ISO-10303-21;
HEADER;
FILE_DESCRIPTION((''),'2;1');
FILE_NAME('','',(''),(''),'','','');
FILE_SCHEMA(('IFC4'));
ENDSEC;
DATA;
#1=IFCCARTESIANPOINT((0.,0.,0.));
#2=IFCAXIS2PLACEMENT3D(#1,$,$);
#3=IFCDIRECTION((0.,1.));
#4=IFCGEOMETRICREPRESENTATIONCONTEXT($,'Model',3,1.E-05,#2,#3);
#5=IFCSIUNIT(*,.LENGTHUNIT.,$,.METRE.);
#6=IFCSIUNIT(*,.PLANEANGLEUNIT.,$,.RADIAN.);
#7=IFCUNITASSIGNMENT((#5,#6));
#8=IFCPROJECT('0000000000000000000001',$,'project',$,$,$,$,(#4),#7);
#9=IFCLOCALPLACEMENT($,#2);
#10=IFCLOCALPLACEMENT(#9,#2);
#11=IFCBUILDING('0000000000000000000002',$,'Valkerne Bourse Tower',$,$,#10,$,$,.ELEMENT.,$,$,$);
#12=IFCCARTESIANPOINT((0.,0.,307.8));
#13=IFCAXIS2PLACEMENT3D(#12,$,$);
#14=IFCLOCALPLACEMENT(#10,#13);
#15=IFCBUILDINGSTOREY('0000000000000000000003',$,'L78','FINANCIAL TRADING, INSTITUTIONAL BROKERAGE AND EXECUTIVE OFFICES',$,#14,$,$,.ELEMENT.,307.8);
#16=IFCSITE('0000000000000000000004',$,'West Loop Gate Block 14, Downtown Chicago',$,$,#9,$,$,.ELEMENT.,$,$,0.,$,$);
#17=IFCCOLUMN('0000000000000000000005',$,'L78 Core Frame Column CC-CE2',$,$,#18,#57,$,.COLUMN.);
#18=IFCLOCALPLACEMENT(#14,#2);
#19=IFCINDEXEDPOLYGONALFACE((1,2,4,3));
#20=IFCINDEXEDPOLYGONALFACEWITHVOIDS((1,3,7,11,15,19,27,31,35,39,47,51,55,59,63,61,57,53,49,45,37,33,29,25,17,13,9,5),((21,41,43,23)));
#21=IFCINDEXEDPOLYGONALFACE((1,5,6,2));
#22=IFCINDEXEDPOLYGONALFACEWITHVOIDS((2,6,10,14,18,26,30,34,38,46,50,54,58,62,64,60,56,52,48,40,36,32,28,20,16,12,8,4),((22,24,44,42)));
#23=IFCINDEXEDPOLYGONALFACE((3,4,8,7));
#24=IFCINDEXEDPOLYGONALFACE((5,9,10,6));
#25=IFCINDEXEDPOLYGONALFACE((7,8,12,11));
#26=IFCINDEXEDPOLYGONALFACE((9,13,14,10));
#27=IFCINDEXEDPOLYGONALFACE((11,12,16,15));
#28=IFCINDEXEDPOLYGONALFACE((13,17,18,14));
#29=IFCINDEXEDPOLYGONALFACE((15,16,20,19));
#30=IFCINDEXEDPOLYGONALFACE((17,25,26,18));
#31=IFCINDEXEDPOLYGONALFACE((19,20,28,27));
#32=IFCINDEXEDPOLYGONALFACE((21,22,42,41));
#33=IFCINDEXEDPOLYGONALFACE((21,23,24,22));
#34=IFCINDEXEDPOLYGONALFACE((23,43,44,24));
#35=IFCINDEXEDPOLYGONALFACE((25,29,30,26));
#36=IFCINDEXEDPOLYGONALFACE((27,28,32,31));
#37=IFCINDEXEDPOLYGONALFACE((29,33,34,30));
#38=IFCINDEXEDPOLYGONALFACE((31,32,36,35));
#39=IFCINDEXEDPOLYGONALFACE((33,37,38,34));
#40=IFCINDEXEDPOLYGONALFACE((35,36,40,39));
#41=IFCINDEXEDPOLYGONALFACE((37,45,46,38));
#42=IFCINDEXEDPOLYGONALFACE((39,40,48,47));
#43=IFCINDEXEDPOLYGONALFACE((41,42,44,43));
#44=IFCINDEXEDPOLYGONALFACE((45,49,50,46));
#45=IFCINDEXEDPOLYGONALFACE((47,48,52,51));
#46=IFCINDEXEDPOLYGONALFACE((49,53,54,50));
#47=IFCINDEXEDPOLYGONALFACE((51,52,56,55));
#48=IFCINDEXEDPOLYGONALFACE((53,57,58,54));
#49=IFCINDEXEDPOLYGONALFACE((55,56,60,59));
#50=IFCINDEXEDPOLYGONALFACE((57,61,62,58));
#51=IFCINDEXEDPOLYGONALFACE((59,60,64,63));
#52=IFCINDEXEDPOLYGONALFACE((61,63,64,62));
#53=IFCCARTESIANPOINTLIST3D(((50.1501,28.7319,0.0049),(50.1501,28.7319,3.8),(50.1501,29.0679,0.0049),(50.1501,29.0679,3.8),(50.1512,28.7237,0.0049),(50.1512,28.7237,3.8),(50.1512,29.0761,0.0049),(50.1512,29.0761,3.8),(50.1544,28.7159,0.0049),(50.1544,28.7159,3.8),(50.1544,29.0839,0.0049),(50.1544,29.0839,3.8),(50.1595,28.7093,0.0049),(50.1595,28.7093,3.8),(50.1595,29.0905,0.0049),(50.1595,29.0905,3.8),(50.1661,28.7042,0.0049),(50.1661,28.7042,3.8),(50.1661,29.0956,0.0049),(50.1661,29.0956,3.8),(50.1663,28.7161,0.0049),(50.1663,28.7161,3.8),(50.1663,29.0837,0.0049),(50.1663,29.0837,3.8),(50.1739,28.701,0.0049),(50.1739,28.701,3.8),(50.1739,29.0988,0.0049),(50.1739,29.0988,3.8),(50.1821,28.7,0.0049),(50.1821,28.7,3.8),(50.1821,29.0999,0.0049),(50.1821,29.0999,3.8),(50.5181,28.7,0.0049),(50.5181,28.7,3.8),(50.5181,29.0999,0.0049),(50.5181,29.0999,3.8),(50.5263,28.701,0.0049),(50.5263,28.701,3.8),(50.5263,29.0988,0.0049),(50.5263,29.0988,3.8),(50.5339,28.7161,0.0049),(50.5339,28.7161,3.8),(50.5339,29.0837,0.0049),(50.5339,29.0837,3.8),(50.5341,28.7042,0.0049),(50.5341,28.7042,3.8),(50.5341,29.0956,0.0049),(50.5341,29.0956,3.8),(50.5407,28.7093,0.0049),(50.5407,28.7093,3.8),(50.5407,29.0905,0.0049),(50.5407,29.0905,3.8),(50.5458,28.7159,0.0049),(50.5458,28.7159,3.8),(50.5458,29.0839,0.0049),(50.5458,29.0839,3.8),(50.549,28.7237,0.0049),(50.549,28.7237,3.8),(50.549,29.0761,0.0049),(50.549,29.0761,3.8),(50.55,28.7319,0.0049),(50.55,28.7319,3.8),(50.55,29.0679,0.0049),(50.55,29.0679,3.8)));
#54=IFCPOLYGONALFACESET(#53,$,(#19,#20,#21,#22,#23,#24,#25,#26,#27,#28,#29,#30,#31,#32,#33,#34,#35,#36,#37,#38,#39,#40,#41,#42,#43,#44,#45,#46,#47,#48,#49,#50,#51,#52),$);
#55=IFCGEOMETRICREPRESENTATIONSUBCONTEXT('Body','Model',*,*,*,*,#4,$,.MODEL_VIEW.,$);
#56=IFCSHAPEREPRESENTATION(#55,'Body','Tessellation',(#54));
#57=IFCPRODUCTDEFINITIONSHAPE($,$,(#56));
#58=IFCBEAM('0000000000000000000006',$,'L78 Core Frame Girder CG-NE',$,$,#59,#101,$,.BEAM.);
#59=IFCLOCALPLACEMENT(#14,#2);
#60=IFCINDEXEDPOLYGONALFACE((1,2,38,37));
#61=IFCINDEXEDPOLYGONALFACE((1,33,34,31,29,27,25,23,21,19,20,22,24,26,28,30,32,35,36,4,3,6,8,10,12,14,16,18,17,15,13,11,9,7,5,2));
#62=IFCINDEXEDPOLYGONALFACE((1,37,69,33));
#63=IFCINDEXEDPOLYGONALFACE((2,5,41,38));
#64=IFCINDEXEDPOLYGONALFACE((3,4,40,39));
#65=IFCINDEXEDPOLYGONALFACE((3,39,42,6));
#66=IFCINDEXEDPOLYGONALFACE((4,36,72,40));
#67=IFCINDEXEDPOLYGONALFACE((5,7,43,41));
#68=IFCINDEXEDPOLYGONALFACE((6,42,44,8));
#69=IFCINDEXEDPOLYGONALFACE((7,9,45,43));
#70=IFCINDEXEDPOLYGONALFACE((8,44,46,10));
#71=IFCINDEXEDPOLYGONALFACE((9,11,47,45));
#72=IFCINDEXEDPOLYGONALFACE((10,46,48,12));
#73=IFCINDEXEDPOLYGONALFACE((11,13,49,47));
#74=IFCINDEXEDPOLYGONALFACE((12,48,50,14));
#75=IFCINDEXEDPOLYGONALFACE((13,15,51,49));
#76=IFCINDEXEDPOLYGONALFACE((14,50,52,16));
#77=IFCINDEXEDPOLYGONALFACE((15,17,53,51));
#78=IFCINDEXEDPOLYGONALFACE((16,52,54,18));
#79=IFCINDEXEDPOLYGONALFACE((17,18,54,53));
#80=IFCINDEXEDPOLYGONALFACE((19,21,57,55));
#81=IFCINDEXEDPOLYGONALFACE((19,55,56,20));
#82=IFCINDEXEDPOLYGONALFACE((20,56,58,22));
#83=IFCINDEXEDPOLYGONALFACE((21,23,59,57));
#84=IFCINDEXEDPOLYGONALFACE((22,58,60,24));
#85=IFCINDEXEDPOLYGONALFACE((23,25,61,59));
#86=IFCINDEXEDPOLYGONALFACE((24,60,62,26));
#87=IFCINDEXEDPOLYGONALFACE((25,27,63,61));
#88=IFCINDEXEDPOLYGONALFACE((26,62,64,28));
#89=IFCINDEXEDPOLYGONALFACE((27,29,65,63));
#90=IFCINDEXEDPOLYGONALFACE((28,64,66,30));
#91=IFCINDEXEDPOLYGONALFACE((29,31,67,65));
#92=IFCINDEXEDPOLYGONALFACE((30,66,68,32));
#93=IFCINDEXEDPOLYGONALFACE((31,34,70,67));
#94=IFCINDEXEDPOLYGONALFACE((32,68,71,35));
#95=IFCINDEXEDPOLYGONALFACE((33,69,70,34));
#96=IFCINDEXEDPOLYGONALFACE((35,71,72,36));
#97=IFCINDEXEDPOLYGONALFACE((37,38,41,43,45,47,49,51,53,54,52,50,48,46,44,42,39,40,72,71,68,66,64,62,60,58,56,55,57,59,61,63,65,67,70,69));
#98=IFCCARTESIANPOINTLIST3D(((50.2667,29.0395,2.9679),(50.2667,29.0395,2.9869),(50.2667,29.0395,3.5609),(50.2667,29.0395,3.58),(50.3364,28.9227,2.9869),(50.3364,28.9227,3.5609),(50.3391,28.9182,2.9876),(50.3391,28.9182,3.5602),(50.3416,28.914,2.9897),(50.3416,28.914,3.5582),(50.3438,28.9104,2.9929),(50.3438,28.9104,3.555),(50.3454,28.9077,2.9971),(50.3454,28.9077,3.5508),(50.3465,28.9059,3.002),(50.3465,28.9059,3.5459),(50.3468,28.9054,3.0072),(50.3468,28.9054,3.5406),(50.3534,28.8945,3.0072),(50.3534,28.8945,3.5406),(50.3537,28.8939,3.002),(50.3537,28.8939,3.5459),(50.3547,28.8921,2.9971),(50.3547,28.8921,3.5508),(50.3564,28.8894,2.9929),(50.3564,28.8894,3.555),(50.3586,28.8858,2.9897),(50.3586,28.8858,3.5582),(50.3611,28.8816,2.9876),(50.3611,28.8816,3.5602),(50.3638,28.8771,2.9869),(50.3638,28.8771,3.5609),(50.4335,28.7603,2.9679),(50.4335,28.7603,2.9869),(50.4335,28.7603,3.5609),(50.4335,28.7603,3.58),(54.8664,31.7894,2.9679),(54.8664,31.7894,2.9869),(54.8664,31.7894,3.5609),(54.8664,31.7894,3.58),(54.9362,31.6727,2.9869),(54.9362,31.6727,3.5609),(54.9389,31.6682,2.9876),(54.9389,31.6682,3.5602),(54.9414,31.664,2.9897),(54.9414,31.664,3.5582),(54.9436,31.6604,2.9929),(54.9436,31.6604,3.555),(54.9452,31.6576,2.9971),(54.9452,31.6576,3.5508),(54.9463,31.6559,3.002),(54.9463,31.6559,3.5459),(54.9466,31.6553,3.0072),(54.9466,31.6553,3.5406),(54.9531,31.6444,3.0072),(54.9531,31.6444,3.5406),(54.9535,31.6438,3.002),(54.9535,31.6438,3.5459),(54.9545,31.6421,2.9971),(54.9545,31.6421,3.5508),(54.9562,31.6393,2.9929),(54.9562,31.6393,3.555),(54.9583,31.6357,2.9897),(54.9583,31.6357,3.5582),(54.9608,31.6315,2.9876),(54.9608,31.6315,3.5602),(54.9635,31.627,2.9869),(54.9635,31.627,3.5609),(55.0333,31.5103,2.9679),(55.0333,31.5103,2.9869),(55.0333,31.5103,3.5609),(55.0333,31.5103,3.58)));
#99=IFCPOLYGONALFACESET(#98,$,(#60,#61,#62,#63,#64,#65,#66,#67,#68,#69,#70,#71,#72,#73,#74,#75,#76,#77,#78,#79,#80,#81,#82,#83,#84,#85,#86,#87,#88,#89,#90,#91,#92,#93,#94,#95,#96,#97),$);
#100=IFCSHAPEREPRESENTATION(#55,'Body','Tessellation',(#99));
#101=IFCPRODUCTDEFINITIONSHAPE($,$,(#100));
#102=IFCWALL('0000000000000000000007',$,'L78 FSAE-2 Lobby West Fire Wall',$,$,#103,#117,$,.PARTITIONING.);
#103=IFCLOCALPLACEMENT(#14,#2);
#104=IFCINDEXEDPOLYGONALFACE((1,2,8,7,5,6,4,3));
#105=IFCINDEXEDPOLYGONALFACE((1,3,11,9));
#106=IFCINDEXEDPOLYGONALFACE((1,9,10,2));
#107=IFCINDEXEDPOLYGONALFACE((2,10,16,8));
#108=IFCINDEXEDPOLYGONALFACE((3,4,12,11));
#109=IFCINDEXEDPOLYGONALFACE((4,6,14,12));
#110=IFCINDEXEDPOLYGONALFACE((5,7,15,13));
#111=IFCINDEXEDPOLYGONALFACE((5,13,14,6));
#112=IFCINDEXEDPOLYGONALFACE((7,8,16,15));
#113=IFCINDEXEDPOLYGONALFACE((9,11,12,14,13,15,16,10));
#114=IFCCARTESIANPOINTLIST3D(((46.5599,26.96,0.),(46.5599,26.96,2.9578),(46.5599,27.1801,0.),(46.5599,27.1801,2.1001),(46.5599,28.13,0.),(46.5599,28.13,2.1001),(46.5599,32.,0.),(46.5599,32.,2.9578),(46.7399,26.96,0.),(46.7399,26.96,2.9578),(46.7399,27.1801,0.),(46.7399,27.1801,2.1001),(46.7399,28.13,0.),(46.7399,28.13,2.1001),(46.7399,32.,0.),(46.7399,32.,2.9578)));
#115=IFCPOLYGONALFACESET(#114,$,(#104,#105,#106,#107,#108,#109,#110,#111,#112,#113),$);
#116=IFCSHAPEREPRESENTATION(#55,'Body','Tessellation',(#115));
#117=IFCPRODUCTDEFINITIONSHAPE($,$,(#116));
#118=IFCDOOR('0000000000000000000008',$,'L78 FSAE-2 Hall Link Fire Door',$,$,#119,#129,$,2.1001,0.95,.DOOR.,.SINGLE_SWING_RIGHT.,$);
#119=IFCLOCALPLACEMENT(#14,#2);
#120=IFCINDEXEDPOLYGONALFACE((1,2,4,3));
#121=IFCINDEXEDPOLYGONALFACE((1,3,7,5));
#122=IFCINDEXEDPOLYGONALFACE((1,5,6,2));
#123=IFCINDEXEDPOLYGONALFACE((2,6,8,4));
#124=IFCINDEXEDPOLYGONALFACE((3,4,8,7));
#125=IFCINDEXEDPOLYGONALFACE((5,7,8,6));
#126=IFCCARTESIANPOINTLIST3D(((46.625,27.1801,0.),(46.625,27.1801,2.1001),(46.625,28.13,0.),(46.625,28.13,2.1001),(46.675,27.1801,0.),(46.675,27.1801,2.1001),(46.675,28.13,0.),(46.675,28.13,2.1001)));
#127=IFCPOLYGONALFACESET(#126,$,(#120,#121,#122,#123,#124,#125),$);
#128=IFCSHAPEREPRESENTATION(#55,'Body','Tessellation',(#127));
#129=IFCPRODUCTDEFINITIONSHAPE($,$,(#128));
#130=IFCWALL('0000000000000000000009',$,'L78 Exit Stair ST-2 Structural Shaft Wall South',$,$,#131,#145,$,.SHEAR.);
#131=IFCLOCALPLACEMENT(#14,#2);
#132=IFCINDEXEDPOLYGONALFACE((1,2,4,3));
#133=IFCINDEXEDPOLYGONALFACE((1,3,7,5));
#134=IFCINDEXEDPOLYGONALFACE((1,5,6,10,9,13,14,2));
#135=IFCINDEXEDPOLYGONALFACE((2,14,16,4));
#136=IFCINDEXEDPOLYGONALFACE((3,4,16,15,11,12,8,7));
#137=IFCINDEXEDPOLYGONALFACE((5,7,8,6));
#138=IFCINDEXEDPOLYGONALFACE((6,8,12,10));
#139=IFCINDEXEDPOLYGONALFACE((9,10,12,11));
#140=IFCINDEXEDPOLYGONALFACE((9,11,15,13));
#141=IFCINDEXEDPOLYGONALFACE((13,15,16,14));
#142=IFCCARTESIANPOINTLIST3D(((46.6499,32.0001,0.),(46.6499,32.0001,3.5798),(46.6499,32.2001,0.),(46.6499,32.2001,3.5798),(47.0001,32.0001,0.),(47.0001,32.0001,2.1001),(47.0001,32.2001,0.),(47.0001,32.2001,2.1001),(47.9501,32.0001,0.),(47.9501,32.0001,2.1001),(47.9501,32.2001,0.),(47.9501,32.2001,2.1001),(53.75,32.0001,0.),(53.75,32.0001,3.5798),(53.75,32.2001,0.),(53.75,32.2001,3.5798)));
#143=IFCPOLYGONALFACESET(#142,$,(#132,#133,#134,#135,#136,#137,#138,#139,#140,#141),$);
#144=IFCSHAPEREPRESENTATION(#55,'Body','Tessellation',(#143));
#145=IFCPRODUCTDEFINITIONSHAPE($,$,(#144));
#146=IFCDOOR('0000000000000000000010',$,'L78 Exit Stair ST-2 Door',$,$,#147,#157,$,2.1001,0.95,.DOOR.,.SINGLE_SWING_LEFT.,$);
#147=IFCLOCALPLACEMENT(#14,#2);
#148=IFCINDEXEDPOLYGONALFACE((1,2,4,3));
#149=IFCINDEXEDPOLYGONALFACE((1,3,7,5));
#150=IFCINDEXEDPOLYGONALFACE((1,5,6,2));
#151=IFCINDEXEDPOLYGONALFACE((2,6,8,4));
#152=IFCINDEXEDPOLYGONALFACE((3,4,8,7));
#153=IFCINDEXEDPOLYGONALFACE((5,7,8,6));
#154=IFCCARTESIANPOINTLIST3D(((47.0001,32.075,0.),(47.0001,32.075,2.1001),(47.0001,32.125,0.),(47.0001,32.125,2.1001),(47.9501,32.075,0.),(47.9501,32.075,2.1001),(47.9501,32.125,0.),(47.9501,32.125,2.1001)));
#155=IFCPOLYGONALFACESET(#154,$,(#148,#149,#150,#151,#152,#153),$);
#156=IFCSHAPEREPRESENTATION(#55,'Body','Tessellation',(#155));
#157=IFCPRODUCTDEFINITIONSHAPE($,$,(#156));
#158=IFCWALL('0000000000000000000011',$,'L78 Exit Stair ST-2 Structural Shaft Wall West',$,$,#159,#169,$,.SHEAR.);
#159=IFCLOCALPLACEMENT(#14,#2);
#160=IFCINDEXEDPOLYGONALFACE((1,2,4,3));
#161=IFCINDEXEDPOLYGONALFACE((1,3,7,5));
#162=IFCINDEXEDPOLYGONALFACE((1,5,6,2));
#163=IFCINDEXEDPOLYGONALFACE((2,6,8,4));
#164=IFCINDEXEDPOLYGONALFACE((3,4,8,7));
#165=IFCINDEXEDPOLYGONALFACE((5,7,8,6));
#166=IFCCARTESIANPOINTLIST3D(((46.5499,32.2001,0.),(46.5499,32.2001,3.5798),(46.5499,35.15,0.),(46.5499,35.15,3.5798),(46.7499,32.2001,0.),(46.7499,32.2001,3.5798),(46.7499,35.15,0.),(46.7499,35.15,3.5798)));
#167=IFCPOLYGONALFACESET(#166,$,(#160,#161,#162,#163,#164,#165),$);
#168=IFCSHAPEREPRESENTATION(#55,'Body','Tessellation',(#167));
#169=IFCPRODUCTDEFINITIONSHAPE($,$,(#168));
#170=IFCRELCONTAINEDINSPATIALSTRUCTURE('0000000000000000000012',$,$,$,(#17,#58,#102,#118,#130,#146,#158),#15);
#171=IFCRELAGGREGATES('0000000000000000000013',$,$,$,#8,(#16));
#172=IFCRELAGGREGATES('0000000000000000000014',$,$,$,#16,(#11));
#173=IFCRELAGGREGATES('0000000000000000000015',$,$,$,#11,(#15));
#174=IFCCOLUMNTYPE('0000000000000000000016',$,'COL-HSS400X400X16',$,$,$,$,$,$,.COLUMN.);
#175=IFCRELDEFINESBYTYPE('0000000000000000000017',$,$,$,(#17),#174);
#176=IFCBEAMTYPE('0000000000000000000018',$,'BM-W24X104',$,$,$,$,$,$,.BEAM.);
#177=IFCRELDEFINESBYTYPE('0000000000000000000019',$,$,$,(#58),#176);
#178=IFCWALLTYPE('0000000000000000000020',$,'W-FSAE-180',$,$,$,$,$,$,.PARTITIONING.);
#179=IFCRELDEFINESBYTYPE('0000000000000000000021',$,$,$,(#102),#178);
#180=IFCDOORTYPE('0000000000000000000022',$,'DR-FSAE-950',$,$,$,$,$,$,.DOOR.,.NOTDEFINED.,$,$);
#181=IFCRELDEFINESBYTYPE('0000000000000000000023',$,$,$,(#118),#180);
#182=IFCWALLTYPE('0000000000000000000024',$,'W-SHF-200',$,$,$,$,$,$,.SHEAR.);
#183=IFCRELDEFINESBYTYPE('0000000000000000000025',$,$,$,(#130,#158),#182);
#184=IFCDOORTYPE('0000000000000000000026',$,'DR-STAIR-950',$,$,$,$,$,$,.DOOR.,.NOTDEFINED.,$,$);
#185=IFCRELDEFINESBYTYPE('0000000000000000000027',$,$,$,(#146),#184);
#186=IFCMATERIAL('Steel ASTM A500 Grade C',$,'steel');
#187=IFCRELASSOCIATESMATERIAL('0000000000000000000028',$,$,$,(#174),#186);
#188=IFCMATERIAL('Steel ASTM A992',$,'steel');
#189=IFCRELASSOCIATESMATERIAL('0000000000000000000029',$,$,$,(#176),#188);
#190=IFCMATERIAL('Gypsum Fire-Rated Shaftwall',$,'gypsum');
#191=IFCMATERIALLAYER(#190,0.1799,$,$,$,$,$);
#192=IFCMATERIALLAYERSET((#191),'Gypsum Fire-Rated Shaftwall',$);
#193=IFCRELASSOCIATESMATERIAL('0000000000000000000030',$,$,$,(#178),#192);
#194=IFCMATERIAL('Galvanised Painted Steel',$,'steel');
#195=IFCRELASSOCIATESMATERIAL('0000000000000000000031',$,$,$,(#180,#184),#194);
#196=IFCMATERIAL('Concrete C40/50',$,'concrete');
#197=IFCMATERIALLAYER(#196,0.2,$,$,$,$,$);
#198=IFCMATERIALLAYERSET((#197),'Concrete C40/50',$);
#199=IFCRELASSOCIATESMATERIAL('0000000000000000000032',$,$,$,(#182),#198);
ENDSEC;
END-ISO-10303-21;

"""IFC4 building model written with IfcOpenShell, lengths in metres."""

from ifc_helpers import new_model, si_unit, direction, frame, frame_2d, origin, origin_2d, place, context, subcontext, project, spatial, rectangle, hollow_rectangle, i_section, extrude, material, layer, layer_set, material_profile, profile_set, type_object, element, fill, save


model = new_model("IFC4")

# Units and contexts
model_context = context("Model", 3, precision=1e-05, world=origin(), true_north=direction((0.0, 1.0)))
body_context = subcontext(model_context, "Body", "Model", "MODEL_VIEW")
ifc_project = project(units=[si_unit("LENGTHUNIT", "METRE"), si_unit("PLANEANGLEUNIT", "RADIAN")], contexts=[model_context])

# Site, building, storey
site_placement = place(None, origin())
site = spatial("IfcSite", under=ifc_project, at=site_placement, Name="West Loop Gate Block 14, Downtown Chicago", CompositionType="ELEMENT", RefElevation=0.0)
building_placement = place(site_placement, origin())
building = spatial("IfcBuilding", under=site, at=building_placement, Name="Valkerne Bourse Tower", CompositionType="ELEMENT")
storey_placement = place(building_placement, frame((0.0, 0.0, 307.8)))
storey = spatial("IfcBuildingStorey", under=building, at=storey_placement, Name="L78", Description="FINANCIAL TRADING, INSTITUTIONAL BROKERAGE AND EXECUTIVE OFFICES", CompositionType="ELEMENT", Elevation=307.8)

# Column
ifc_material_1 = material(Name="Steel ASTM A500 Grade C", Category="steel")
ifc_material_profile_1 = material_profile(ifc_material_1, hollow_rectangle(XDim=0.3999, YDim=0.3999, WallThickness=0.0161, OuterFilletRadius=0.032, at=origin_2d()), Name="HSS400X400X16")
ifc_profile_set_1 = profile_set([ifc_material_profile_1], Name="Steel ASTM A500 Grade C")
column_type = type_object("IfcColumnType", Name="COL-HSS400X400X16", PredefinedType="COLUMN", material=ifc_profile_set_1)
column_placement = place(storey_placement, frame((50.3501, 28.8999, 0.0049), z_axis=(0.0, 0.0, 1.0), x_axis=(1.0, 0.0, 0.0)))
element("IfcColumn", 1, at=column_placement, inside=storey, type_object=column_type, Name="L78 Core Frame Column CC-CE2", PredefinedType="COLUMN", context=body_context, shape_type="SweptSolid", body=[
    extrude(hollow_rectangle(XDim=0.3999, YDim=0.3999, WallThickness=0.0161, OuterFilletRadius=0.032, at=origin_2d()), origin(), (0.0, 0.0, 1.0), 3.7952),
])

# Beam
ifc_material_2 = material(Name="Steel ASTM A992", Category="steel")
ifc_material_profile_2 = material_profile(ifc_material_2, i_section(OverallWidth=0.3252, OverallDepth=0.6121, WebThickness=0.0127, FlangeThickness=0.019, FilletRadius=0.0203, at=origin_2d()), Name="W24X104")
ifc_profile_set_2 = profile_set([ifc_material_profile_2], Name="Steel ASTM A992")
beam_type = type_object("IfcBeamType", Name="BM-W24X104", PredefinedType="BEAM", material=ifc_profile_set_2)
beam_placement = place(storey_placement, frame((50.3501, 28.8999, 3.2739), z_axis=(0.858308, 0.513135, 0.0), x_axis=(-0.513135, 0.858308, 0.0)))
element("IfcBeam", 2, at=beam_placement, inside=storey, type_object=beam_type, Name="L78 Core Frame Girder CG-NE", PredefinedType="BEAM", context=body_context, shape_type="SweptSolid", body=[
    extrude(i_section(OverallWidth=0.3252, OverallDepth=0.6121, WebThickness=0.0127, FlangeThickness=0.019, FilletRadius=0.0203, at=origin_2d()), origin(), (0.0, 0.0, 1.0), 5.3591),
])

# Wall, opening, door
ifc_material_3 = material(Name="Gypsum Fire-Rated Shaftwall", Category="gypsum")
ifc_layer_1 = layer(ifc_material_3, 0.1799)
ifc_layer_set_1 = layer_set([ifc_layer_1], Name="Gypsum Fire-Rated Shaftwall")
wall_type_1 = type_object("IfcWallType", Name="W-FSAE-180", PredefinedType="PARTITIONING", material=ifc_layer_set_1)
wall_1_placement = place(storey_placement, frame((46.6499, 26.96, 0.0), z_axis=(0.0, 0.0, 1.0), x_axis=(0.0, 1.0, 0.0)))
wall_1 = element("IfcWall", 3, at=wall_1_placement, inside=storey, type_object=wall_type_1, Name="L78 FSAE-2 Lobby West Fire Wall", PredefinedType="PARTITIONING", context=body_context, shape_type="SweptSolid", body=[
    extrude(rectangle(XDim=5.04, YDim=0.1799, at=frame_2d((2.52, 0.0))), origin(), (0.0, 0.0, 1.0), 2.9578),
])
opening_1_placement = place(wall_1_placement, frame((0.22, 0.0, 0.0)))
opening_1 = element("IfcOpeningElement", 4, at=opening_1_placement, cuts=wall_1, PredefinedType="OPENING", context=body_context, shape_type="SweptSolid", body=[
    extrude(rectangle(XDim=0.95, YDim=2.1001, at=frame_2d((0.4751, 1.05))), frame((0.0, 0.0999, 0.0), z_axis=(0.0, -1.0, 0.0), x_axis=(1.0, 0.0, 0.0)), (0.0, 0.0, 1.0), 0.2),
])
ifc_material_4 = material(Name="Galvanised Painted Steel", Category="steel")
door_type_1 = type_object("IfcDoorType", Name="DR-FSAE-950", OperationType="NOTDEFINED", PredefinedType="DOOR", material=ifc_material_4)
door_1_placement = place(opening_1_placement, origin())
door_1 = element("IfcDoor", 5, at=door_1_placement, inside=storey, type_object=door_type_1, Name="L78 FSAE-2 Hall Link Fire Door", OperationType="SINGLE_SWING_RIGHT", OverallHeight=2.1001, OverallWidth=0.95, PredefinedType="DOOR", context=body_context, shape_type="SweptSolid", body=[
    extrude(rectangle(XDim=0.95, YDim=2.1001, at=frame_2d((0.4751, 1.05))), frame((0.0, 0.0249, 0.0), z_axis=(0.0, -1.0, 0.0), x_axis=(1.0, 0.0, 0.0)), (0.0, 0.0, 1.0), 0.05),
])
fill(opening_1, door_1)

# Wall, opening, door
ifc_material_5 = material(Name="Concrete C40/50", Category="concrete")
ifc_layer_2 = layer(ifc_material_5, 0.2)
ifc_layer_set_2 = layer_set([ifc_layer_2], Name="Concrete C40/50")
wall_type_2 = type_object("IfcWallType", Name="W-SHF-200", PredefinedType="SHEAR", material=ifc_layer_set_2)
wall_2_placement = place(storey_placement, frame((46.6499, 32.1001, 0.0), z_axis=(0.0, 0.0, 1.0), x_axis=(1.0, 0.0, 0.0)))
wall_2 = element("IfcWall", 6, at=wall_2_placement, inside=storey, type_object=wall_type_2, Name="L78 Exit Stair ST-2 Structural Shaft Wall South", PredefinedType="SHEAR", context=body_context, shape_type="SweptSolid", body=[
    extrude(rectangle(XDim=7.1001, YDim=0.2, at=frame_2d((3.55, 0.0))), origin(), (0.0, 0.0, 1.0), 3.5798),
])
opening_2_placement = place(wall_2_placement, frame((0.3501, 0.0, 0.0)))
opening_2 = element("IfcOpeningElement", 7, at=opening_2_placement, cuts=wall_2, PredefinedType="OPENING", context=body_context, shape_type="SweptSolid", body=[
    extrude(rectangle(XDim=0.95, YDim=2.1001, at=frame_2d((0.4751, 1.05))), frame((0.0, 0.1099, 0.0), z_axis=(0.0, -1.0, 0.0), x_axis=(1.0, 0.0, 0.0)), (0.0, 0.0, 1.0), 0.22),
])
door_type_2 = type_object("IfcDoorType", Name="DR-STAIR-950", OperationType="NOTDEFINED", PredefinedType="DOOR", material=ifc_material_4)
door_2_placement = place(opening_2_placement, origin())
door_2 = element("IfcDoor", 8, at=door_2_placement, inside=storey, type_object=door_type_2, Name="L78 Exit Stair ST-2 Door", OperationType="SINGLE_SWING_LEFT", OverallHeight=2.1001, OverallWidth=0.95, PredefinedType="DOOR", context=body_context, shape_type="SweptSolid", body=[
    extrude(rectangle(XDim=0.95, YDim=2.1001, at=frame_2d((0.4751, 1.05))), frame((0.0, 0.0249, 0.0), z_axis=(0.0, -1.0, 0.0), x_axis=(1.0, 0.0, 0.0)), (0.0, 0.0, 1.0), 0.05),
])
fill(opening_2, door_2)

# Wall
wall_3_placement = place(storey_placement, frame((46.6499, 32.2, 0.0), z_axis=(0.0, 0.0, 1.0), x_axis=(0.0, 1.0, 0.0)))
element("IfcWall", 9, at=wall_3_placement, inside=storey, type_object=wall_type_2, Name="L78 Exit Stair ST-2 Structural Shaft Wall West", PredefinedType="SHEAR", context=body_context, shape_type="SweptSolid", body=[
    extrude(rectangle(XDim=2.95, YDim=0.2, at=frame_2d((1.4751, 0.0))), origin(), (0.0, 0.0, 1.0), 3.5798),
])

save(model, "model.ifc")
